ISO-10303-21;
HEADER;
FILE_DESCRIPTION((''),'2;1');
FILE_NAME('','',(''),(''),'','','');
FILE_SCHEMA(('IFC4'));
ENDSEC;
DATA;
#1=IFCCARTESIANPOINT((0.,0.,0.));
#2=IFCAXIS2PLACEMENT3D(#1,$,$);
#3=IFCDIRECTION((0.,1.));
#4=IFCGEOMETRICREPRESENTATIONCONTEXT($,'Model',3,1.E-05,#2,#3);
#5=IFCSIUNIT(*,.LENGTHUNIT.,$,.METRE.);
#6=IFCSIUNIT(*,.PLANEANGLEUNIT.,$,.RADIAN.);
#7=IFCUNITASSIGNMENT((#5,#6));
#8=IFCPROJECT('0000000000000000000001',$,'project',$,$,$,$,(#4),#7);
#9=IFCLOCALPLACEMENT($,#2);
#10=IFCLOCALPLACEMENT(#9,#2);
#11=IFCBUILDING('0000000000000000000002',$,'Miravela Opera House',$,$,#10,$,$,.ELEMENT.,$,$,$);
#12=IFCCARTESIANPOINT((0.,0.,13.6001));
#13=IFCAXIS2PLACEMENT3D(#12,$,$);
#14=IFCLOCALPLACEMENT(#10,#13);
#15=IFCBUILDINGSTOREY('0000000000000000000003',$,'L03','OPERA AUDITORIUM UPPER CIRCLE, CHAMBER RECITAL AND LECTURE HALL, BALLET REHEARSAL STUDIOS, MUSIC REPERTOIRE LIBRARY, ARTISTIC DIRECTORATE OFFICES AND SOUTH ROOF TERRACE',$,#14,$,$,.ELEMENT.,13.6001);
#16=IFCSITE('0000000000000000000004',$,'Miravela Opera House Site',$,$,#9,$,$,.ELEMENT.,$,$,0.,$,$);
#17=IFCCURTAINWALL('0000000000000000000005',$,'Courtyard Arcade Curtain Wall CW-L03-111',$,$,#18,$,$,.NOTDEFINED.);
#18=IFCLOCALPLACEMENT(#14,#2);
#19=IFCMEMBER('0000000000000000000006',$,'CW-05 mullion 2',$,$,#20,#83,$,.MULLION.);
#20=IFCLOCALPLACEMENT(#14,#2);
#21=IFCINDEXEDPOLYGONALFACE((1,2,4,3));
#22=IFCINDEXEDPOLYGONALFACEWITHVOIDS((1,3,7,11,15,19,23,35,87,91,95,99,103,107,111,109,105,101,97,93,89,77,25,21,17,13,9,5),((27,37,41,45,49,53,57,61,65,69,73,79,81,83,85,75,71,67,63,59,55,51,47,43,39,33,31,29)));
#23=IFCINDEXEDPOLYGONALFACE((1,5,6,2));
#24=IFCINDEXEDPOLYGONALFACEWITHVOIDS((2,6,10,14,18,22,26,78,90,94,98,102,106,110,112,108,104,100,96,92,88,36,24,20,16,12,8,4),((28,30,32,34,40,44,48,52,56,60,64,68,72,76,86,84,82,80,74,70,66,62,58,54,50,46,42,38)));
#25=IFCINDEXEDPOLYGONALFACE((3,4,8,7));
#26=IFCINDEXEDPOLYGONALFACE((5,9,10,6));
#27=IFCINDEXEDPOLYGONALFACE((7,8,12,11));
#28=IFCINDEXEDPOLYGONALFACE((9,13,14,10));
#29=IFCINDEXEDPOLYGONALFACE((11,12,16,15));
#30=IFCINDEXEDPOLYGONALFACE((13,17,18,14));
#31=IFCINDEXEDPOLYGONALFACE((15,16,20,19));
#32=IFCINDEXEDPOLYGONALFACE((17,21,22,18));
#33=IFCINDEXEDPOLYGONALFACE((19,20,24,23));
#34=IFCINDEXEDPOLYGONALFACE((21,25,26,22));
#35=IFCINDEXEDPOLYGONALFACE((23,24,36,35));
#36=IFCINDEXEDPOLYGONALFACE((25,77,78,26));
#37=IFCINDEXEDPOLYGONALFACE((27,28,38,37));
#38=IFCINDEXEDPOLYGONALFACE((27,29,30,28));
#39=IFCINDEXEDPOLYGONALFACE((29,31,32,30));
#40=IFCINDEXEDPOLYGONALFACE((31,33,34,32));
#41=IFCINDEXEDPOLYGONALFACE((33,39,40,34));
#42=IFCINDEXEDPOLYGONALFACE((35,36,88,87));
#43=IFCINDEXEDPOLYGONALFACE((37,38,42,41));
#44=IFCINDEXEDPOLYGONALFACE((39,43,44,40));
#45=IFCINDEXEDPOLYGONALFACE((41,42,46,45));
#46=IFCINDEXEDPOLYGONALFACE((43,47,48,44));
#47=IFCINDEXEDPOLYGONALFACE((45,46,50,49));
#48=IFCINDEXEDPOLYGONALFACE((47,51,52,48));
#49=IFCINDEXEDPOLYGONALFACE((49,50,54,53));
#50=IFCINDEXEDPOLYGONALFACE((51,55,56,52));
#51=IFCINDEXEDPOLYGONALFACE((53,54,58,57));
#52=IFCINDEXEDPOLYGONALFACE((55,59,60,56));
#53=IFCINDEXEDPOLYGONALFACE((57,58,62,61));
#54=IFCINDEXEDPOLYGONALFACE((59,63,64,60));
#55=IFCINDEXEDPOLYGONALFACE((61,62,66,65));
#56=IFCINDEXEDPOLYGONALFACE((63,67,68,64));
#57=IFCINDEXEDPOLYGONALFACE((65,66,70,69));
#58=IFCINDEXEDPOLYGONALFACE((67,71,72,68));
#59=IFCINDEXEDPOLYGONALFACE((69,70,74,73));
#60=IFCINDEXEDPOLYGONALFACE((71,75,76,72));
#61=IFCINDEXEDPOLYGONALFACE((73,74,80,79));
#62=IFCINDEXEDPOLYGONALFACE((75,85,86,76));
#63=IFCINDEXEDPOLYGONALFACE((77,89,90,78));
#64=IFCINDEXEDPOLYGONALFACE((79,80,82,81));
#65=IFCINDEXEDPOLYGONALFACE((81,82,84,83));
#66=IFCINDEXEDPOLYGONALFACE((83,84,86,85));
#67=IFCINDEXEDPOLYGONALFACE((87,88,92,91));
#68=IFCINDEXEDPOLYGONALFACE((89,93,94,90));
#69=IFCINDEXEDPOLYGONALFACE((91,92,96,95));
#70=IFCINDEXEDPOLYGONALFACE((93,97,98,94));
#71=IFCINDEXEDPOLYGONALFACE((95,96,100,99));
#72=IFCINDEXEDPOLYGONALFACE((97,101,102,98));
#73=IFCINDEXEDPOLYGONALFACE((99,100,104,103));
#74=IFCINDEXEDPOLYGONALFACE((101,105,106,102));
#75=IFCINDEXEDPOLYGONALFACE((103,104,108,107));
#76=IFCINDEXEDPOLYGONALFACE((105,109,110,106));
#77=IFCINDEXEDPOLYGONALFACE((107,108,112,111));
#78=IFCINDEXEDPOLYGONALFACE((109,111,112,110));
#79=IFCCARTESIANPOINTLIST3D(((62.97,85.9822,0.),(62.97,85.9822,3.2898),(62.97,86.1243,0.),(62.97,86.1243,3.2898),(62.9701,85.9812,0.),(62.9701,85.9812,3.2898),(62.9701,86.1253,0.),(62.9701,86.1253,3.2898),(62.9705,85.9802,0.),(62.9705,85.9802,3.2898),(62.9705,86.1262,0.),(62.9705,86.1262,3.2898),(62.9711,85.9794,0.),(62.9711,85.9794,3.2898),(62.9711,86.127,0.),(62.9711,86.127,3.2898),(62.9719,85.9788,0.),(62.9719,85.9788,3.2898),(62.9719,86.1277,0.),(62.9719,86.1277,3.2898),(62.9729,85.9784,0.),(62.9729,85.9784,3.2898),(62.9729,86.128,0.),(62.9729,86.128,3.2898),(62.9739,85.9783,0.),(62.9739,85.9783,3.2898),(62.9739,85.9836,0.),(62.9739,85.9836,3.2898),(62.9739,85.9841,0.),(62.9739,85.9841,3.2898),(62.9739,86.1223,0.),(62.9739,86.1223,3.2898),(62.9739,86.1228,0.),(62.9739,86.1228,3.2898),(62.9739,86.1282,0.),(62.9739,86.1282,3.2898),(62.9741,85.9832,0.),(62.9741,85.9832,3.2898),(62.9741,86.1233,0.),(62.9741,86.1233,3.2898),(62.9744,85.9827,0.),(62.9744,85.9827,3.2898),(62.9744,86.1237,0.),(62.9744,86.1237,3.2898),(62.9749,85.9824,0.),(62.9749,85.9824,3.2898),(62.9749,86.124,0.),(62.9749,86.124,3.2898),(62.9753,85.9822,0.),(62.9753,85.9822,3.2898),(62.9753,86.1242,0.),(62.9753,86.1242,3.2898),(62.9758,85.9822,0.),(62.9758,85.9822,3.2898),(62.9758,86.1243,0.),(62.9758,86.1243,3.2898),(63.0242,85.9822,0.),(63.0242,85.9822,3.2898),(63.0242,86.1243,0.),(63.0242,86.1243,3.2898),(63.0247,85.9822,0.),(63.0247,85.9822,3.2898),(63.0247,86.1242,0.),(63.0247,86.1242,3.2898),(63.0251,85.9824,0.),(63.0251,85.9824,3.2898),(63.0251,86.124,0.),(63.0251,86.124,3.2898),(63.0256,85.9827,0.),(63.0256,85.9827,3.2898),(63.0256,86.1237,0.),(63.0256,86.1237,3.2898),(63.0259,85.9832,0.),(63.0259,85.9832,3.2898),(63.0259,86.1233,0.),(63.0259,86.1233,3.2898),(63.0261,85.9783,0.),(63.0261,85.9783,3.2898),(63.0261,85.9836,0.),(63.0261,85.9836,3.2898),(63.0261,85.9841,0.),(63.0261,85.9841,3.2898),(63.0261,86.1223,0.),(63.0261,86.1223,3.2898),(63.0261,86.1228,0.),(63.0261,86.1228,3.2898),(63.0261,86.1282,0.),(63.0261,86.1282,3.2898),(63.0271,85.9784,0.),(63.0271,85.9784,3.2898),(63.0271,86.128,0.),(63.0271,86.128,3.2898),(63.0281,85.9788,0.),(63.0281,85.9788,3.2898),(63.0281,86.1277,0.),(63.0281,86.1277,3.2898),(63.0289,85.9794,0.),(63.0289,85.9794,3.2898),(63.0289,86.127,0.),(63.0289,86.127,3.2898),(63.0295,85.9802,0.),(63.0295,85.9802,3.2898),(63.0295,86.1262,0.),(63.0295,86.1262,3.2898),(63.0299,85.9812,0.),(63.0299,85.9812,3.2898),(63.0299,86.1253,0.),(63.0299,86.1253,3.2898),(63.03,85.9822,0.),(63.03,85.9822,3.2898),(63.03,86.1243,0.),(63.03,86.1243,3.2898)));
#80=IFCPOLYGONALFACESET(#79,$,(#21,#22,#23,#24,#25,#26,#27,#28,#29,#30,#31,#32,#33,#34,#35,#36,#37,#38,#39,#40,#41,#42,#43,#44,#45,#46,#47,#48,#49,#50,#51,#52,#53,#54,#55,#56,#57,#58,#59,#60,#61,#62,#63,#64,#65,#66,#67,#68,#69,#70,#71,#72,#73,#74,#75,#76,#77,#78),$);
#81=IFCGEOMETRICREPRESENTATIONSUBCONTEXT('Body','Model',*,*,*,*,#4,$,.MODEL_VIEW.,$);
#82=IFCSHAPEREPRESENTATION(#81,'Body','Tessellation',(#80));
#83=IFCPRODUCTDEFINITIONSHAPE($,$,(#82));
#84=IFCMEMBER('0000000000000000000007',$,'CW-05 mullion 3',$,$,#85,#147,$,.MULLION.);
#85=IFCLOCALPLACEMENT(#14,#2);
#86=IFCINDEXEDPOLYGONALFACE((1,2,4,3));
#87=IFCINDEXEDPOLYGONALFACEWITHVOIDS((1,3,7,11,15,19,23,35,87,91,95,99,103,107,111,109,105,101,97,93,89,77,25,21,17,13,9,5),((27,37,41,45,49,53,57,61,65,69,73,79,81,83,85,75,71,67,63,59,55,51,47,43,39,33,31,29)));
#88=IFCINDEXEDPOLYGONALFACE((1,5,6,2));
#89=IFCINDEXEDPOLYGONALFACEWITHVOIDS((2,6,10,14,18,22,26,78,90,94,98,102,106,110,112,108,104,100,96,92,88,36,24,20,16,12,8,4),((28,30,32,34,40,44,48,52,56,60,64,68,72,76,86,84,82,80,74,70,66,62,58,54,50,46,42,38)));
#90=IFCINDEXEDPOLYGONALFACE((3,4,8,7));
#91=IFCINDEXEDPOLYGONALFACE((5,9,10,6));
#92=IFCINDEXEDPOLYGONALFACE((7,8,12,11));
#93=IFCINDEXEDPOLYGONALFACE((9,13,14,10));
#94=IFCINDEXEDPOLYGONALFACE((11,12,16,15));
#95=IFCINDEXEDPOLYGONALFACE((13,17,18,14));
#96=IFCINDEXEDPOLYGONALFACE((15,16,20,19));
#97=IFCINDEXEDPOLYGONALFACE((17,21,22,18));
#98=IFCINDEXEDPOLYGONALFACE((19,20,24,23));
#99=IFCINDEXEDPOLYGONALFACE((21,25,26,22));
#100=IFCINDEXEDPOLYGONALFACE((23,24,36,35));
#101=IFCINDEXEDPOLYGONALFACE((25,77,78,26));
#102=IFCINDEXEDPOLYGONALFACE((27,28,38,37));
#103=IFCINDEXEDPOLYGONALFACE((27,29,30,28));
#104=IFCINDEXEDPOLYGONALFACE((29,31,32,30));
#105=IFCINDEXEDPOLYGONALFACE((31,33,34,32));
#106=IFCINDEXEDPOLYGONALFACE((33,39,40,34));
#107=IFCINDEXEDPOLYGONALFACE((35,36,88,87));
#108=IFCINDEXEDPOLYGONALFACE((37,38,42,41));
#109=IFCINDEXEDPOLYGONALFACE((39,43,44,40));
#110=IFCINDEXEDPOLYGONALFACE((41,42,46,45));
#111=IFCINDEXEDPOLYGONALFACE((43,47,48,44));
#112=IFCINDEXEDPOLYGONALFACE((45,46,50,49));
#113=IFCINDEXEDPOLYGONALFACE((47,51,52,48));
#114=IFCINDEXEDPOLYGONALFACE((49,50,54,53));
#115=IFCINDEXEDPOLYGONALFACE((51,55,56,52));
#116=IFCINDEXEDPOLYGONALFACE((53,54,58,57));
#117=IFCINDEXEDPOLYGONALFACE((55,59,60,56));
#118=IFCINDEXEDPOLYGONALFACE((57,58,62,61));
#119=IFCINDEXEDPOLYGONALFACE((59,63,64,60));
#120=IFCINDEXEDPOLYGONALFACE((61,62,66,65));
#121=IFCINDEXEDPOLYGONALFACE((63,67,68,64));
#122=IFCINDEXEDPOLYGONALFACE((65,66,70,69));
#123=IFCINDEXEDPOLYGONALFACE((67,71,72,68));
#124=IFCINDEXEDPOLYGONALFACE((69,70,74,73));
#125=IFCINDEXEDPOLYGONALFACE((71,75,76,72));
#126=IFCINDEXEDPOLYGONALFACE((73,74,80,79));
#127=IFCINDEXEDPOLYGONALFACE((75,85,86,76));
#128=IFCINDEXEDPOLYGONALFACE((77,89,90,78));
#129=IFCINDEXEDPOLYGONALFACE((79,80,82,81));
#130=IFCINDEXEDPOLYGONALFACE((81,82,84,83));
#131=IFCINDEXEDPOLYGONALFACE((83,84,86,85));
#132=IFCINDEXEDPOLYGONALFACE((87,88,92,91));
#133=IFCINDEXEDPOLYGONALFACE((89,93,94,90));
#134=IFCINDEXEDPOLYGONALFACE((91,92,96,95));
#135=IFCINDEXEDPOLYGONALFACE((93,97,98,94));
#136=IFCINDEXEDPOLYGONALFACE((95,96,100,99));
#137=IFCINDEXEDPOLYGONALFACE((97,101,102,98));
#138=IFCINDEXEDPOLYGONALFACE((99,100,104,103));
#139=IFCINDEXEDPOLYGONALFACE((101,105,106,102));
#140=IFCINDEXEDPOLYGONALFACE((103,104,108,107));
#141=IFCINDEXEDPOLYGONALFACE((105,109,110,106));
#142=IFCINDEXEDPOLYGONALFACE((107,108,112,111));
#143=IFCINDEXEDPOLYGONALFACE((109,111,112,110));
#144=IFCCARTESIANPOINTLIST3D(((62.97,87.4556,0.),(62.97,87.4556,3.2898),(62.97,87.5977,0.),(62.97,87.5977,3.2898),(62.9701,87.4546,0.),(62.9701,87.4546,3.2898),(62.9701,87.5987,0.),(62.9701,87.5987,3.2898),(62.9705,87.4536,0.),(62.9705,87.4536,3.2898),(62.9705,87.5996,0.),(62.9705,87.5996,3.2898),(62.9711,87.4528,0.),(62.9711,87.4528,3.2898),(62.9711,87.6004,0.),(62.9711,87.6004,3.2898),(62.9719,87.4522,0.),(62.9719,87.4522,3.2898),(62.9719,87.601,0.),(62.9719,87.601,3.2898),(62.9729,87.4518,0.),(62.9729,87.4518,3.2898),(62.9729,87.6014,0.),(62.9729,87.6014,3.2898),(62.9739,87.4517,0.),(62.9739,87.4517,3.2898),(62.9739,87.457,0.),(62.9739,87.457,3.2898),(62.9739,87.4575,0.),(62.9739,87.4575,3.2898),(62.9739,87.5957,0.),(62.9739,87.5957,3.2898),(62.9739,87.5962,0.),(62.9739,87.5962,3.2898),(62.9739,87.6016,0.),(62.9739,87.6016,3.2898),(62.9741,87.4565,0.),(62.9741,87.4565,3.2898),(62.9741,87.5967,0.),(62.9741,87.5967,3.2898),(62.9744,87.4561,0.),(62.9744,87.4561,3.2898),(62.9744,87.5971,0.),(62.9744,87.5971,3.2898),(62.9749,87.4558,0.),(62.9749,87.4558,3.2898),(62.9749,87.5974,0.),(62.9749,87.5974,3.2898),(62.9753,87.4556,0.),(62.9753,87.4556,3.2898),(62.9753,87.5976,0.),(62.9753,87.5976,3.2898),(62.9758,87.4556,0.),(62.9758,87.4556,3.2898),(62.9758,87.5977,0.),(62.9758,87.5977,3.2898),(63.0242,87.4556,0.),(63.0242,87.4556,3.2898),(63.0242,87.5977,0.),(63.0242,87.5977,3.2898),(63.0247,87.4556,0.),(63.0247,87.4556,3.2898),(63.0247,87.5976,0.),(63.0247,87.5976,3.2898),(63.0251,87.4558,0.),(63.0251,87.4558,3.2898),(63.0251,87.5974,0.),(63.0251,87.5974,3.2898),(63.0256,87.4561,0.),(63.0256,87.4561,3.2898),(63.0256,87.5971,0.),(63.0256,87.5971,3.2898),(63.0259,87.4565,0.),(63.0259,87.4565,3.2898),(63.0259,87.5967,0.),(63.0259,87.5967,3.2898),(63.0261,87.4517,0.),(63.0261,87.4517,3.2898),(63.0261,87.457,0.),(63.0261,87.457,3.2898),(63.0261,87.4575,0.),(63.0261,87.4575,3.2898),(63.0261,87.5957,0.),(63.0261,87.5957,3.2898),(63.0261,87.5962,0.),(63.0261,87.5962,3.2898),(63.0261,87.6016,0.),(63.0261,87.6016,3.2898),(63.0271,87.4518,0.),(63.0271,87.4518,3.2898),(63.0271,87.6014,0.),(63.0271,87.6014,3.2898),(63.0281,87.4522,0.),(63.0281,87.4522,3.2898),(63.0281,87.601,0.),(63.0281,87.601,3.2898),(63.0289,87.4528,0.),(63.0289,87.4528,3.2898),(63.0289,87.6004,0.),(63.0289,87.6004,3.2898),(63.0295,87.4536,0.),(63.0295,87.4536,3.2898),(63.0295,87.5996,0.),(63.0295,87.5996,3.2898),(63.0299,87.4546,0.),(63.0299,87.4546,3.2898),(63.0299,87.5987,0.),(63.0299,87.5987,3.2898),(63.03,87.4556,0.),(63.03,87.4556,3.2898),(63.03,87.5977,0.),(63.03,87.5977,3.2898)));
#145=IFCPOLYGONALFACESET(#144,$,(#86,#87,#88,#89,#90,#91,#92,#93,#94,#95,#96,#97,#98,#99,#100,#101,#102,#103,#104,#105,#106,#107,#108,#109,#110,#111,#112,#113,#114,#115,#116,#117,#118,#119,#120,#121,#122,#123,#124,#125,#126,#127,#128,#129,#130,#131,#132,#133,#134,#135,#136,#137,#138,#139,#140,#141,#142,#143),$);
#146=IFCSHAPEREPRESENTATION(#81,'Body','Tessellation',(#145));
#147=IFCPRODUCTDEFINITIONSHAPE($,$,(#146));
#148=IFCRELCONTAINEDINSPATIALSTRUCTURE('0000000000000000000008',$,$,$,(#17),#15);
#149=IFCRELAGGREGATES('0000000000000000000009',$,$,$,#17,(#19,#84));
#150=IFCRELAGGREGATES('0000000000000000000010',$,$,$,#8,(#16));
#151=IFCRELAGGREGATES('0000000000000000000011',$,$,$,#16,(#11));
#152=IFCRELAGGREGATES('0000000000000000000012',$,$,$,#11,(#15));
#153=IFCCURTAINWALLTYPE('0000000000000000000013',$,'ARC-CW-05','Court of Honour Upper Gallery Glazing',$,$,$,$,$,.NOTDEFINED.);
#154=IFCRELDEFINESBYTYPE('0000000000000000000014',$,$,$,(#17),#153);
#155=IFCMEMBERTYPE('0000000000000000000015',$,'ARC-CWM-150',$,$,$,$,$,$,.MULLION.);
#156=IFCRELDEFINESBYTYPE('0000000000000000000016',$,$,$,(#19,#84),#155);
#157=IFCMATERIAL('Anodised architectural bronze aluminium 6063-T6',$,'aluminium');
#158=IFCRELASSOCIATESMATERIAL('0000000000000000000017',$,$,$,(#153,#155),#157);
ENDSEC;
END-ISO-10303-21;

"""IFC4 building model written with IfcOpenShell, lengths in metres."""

from ifc_helpers import new_model, si_unit, direction, frame, origin, origin_2d, place, context, subcontext, project, spatial, hollow_rectangle, extrude, material, material_profile, profile_set, type_object, element, aggregate, save


model = new_model("IFC4")

# Units and contexts
model_context = context("Model", 3, precision=1e-05, world=origin(), true_north=direction((0.0, 1.0)))
body_context = subcontext(model_context, "Body", "Model", "MODEL_VIEW")
ifc_project = project(units=[si_unit("LENGTHUNIT", "METRE"), si_unit("PLANEANGLEUNIT", "RADIAN")], contexts=[model_context])

# Site, building, storey
site_placement = place(None, origin())
site = spatial("IfcSite", under=ifc_project, at=site_placement, Name="Miravela Opera House Site", CompositionType="ELEMENT", RefElevation=0.0)
building_placement = place(site_placement, origin())
building = spatial("IfcBuilding", under=site, at=building_placement, Name="Miravela Opera House", CompositionType="ELEMENT")
storey_placement = place(building_placement, frame((0.0, 0.0, 13.6001)))
storey = spatial("IfcBuildingStorey", under=building, at=storey_placement, Name="L03", Description="OPERA AUDITORIUM UPPER CIRCLE, CHAMBER RECITAL AND LECTURE HALL, BALLET REHEARSAL STUDIOS, MUSIC REPERTOIRE LIBRARY, ARTISTIC DIRECTORATE OFFICES AND SOUTH ROOF TERRACE", CompositionType="ELEMENT", Elevation=13.6001)

# Curtain wall, members
ifc_material_1 = material(Name="Anodised architectural bronze aluminium 6063-T6", Category="aluminium")
curtain_wall_type = type_object("IfcCurtainWallType", Name="ARC-CW-05", Description="Court of Honour Upper Gallery Glazing", PredefinedType="NOTDEFINED", material=ifc_material_1)
curtain_wall_placement = place(storey_placement, origin())
curtain_wall = element("IfcCurtainWall", 1, at=curtain_wall_placement, inside=storey, type_object=curtain_wall_type, Name="Courtyard Arcade Curtain Wall CW-L03-111", PredefinedType="NOTDEFINED")
ifc_material_profile_1 = material_profile(ifc_material_1, hollow_rectangle(XDim=0.0601, YDim=0.1499, WallThickness=0.0039, InnerFilletRadius=0.002, OuterFilletRadius=0.0039, at=origin_2d()), Name="CWM-60X150")
ifc_profile_set_1 = profile_set([ifc_material_profile_1])
member_type_1 = type_object("IfcMemberType", Name="ARC-CWM-150", PredefinedType="MULLION", material=ifc_profile_set_1)
member_1_placement = place(storey_placement, frame((63.0, 86.0532, 0.0), z_axis=(0.0, 0.0, 1.0), x_axis=(-1.0, 0.0, 0.0)))
member_1 = element("IfcMember", 2, at=member_1_placement, type_object=member_type_1, Name="CW-05 mullion 2", PredefinedType="MULLION", context=body_context, shape_type="SweptSolid", body=[
    extrude(hollow_rectangle(XDim=0.0601, YDim=0.1499, WallThickness=0.0039, InnerFilletRadius=0.002, OuterFilletRadius=0.0039, at=origin_2d()), origin(), (0.0, 0.0, 1.0), 3.2898),
])
member_2_placement = place(storey_placement, frame((63.0, 87.5266, 0.0), z_axis=(0.0, 0.0, 1.0), x_axis=(-1.0, 0.0, 0.0)))
member_2 = element("IfcMember", 3, at=member_2_placement, type_object=member_type_1, Name="CW-05 mullion 3", PredefinedType="MULLION", context=body_context, shape_type="SweptSolid", body=[
    extrude(hollow_rectangle(XDim=0.0601, YDim=0.1499, WallThickness=0.0039, InnerFilletRadius=0.002, OuterFilletRadius=0.0039, at=origin_2d()), origin(), (0.0, 0.0, 1.0), 3.2898),
])
aggregate(curtain_wall, [member_1, member_2])

save(model, "model.ifc")
